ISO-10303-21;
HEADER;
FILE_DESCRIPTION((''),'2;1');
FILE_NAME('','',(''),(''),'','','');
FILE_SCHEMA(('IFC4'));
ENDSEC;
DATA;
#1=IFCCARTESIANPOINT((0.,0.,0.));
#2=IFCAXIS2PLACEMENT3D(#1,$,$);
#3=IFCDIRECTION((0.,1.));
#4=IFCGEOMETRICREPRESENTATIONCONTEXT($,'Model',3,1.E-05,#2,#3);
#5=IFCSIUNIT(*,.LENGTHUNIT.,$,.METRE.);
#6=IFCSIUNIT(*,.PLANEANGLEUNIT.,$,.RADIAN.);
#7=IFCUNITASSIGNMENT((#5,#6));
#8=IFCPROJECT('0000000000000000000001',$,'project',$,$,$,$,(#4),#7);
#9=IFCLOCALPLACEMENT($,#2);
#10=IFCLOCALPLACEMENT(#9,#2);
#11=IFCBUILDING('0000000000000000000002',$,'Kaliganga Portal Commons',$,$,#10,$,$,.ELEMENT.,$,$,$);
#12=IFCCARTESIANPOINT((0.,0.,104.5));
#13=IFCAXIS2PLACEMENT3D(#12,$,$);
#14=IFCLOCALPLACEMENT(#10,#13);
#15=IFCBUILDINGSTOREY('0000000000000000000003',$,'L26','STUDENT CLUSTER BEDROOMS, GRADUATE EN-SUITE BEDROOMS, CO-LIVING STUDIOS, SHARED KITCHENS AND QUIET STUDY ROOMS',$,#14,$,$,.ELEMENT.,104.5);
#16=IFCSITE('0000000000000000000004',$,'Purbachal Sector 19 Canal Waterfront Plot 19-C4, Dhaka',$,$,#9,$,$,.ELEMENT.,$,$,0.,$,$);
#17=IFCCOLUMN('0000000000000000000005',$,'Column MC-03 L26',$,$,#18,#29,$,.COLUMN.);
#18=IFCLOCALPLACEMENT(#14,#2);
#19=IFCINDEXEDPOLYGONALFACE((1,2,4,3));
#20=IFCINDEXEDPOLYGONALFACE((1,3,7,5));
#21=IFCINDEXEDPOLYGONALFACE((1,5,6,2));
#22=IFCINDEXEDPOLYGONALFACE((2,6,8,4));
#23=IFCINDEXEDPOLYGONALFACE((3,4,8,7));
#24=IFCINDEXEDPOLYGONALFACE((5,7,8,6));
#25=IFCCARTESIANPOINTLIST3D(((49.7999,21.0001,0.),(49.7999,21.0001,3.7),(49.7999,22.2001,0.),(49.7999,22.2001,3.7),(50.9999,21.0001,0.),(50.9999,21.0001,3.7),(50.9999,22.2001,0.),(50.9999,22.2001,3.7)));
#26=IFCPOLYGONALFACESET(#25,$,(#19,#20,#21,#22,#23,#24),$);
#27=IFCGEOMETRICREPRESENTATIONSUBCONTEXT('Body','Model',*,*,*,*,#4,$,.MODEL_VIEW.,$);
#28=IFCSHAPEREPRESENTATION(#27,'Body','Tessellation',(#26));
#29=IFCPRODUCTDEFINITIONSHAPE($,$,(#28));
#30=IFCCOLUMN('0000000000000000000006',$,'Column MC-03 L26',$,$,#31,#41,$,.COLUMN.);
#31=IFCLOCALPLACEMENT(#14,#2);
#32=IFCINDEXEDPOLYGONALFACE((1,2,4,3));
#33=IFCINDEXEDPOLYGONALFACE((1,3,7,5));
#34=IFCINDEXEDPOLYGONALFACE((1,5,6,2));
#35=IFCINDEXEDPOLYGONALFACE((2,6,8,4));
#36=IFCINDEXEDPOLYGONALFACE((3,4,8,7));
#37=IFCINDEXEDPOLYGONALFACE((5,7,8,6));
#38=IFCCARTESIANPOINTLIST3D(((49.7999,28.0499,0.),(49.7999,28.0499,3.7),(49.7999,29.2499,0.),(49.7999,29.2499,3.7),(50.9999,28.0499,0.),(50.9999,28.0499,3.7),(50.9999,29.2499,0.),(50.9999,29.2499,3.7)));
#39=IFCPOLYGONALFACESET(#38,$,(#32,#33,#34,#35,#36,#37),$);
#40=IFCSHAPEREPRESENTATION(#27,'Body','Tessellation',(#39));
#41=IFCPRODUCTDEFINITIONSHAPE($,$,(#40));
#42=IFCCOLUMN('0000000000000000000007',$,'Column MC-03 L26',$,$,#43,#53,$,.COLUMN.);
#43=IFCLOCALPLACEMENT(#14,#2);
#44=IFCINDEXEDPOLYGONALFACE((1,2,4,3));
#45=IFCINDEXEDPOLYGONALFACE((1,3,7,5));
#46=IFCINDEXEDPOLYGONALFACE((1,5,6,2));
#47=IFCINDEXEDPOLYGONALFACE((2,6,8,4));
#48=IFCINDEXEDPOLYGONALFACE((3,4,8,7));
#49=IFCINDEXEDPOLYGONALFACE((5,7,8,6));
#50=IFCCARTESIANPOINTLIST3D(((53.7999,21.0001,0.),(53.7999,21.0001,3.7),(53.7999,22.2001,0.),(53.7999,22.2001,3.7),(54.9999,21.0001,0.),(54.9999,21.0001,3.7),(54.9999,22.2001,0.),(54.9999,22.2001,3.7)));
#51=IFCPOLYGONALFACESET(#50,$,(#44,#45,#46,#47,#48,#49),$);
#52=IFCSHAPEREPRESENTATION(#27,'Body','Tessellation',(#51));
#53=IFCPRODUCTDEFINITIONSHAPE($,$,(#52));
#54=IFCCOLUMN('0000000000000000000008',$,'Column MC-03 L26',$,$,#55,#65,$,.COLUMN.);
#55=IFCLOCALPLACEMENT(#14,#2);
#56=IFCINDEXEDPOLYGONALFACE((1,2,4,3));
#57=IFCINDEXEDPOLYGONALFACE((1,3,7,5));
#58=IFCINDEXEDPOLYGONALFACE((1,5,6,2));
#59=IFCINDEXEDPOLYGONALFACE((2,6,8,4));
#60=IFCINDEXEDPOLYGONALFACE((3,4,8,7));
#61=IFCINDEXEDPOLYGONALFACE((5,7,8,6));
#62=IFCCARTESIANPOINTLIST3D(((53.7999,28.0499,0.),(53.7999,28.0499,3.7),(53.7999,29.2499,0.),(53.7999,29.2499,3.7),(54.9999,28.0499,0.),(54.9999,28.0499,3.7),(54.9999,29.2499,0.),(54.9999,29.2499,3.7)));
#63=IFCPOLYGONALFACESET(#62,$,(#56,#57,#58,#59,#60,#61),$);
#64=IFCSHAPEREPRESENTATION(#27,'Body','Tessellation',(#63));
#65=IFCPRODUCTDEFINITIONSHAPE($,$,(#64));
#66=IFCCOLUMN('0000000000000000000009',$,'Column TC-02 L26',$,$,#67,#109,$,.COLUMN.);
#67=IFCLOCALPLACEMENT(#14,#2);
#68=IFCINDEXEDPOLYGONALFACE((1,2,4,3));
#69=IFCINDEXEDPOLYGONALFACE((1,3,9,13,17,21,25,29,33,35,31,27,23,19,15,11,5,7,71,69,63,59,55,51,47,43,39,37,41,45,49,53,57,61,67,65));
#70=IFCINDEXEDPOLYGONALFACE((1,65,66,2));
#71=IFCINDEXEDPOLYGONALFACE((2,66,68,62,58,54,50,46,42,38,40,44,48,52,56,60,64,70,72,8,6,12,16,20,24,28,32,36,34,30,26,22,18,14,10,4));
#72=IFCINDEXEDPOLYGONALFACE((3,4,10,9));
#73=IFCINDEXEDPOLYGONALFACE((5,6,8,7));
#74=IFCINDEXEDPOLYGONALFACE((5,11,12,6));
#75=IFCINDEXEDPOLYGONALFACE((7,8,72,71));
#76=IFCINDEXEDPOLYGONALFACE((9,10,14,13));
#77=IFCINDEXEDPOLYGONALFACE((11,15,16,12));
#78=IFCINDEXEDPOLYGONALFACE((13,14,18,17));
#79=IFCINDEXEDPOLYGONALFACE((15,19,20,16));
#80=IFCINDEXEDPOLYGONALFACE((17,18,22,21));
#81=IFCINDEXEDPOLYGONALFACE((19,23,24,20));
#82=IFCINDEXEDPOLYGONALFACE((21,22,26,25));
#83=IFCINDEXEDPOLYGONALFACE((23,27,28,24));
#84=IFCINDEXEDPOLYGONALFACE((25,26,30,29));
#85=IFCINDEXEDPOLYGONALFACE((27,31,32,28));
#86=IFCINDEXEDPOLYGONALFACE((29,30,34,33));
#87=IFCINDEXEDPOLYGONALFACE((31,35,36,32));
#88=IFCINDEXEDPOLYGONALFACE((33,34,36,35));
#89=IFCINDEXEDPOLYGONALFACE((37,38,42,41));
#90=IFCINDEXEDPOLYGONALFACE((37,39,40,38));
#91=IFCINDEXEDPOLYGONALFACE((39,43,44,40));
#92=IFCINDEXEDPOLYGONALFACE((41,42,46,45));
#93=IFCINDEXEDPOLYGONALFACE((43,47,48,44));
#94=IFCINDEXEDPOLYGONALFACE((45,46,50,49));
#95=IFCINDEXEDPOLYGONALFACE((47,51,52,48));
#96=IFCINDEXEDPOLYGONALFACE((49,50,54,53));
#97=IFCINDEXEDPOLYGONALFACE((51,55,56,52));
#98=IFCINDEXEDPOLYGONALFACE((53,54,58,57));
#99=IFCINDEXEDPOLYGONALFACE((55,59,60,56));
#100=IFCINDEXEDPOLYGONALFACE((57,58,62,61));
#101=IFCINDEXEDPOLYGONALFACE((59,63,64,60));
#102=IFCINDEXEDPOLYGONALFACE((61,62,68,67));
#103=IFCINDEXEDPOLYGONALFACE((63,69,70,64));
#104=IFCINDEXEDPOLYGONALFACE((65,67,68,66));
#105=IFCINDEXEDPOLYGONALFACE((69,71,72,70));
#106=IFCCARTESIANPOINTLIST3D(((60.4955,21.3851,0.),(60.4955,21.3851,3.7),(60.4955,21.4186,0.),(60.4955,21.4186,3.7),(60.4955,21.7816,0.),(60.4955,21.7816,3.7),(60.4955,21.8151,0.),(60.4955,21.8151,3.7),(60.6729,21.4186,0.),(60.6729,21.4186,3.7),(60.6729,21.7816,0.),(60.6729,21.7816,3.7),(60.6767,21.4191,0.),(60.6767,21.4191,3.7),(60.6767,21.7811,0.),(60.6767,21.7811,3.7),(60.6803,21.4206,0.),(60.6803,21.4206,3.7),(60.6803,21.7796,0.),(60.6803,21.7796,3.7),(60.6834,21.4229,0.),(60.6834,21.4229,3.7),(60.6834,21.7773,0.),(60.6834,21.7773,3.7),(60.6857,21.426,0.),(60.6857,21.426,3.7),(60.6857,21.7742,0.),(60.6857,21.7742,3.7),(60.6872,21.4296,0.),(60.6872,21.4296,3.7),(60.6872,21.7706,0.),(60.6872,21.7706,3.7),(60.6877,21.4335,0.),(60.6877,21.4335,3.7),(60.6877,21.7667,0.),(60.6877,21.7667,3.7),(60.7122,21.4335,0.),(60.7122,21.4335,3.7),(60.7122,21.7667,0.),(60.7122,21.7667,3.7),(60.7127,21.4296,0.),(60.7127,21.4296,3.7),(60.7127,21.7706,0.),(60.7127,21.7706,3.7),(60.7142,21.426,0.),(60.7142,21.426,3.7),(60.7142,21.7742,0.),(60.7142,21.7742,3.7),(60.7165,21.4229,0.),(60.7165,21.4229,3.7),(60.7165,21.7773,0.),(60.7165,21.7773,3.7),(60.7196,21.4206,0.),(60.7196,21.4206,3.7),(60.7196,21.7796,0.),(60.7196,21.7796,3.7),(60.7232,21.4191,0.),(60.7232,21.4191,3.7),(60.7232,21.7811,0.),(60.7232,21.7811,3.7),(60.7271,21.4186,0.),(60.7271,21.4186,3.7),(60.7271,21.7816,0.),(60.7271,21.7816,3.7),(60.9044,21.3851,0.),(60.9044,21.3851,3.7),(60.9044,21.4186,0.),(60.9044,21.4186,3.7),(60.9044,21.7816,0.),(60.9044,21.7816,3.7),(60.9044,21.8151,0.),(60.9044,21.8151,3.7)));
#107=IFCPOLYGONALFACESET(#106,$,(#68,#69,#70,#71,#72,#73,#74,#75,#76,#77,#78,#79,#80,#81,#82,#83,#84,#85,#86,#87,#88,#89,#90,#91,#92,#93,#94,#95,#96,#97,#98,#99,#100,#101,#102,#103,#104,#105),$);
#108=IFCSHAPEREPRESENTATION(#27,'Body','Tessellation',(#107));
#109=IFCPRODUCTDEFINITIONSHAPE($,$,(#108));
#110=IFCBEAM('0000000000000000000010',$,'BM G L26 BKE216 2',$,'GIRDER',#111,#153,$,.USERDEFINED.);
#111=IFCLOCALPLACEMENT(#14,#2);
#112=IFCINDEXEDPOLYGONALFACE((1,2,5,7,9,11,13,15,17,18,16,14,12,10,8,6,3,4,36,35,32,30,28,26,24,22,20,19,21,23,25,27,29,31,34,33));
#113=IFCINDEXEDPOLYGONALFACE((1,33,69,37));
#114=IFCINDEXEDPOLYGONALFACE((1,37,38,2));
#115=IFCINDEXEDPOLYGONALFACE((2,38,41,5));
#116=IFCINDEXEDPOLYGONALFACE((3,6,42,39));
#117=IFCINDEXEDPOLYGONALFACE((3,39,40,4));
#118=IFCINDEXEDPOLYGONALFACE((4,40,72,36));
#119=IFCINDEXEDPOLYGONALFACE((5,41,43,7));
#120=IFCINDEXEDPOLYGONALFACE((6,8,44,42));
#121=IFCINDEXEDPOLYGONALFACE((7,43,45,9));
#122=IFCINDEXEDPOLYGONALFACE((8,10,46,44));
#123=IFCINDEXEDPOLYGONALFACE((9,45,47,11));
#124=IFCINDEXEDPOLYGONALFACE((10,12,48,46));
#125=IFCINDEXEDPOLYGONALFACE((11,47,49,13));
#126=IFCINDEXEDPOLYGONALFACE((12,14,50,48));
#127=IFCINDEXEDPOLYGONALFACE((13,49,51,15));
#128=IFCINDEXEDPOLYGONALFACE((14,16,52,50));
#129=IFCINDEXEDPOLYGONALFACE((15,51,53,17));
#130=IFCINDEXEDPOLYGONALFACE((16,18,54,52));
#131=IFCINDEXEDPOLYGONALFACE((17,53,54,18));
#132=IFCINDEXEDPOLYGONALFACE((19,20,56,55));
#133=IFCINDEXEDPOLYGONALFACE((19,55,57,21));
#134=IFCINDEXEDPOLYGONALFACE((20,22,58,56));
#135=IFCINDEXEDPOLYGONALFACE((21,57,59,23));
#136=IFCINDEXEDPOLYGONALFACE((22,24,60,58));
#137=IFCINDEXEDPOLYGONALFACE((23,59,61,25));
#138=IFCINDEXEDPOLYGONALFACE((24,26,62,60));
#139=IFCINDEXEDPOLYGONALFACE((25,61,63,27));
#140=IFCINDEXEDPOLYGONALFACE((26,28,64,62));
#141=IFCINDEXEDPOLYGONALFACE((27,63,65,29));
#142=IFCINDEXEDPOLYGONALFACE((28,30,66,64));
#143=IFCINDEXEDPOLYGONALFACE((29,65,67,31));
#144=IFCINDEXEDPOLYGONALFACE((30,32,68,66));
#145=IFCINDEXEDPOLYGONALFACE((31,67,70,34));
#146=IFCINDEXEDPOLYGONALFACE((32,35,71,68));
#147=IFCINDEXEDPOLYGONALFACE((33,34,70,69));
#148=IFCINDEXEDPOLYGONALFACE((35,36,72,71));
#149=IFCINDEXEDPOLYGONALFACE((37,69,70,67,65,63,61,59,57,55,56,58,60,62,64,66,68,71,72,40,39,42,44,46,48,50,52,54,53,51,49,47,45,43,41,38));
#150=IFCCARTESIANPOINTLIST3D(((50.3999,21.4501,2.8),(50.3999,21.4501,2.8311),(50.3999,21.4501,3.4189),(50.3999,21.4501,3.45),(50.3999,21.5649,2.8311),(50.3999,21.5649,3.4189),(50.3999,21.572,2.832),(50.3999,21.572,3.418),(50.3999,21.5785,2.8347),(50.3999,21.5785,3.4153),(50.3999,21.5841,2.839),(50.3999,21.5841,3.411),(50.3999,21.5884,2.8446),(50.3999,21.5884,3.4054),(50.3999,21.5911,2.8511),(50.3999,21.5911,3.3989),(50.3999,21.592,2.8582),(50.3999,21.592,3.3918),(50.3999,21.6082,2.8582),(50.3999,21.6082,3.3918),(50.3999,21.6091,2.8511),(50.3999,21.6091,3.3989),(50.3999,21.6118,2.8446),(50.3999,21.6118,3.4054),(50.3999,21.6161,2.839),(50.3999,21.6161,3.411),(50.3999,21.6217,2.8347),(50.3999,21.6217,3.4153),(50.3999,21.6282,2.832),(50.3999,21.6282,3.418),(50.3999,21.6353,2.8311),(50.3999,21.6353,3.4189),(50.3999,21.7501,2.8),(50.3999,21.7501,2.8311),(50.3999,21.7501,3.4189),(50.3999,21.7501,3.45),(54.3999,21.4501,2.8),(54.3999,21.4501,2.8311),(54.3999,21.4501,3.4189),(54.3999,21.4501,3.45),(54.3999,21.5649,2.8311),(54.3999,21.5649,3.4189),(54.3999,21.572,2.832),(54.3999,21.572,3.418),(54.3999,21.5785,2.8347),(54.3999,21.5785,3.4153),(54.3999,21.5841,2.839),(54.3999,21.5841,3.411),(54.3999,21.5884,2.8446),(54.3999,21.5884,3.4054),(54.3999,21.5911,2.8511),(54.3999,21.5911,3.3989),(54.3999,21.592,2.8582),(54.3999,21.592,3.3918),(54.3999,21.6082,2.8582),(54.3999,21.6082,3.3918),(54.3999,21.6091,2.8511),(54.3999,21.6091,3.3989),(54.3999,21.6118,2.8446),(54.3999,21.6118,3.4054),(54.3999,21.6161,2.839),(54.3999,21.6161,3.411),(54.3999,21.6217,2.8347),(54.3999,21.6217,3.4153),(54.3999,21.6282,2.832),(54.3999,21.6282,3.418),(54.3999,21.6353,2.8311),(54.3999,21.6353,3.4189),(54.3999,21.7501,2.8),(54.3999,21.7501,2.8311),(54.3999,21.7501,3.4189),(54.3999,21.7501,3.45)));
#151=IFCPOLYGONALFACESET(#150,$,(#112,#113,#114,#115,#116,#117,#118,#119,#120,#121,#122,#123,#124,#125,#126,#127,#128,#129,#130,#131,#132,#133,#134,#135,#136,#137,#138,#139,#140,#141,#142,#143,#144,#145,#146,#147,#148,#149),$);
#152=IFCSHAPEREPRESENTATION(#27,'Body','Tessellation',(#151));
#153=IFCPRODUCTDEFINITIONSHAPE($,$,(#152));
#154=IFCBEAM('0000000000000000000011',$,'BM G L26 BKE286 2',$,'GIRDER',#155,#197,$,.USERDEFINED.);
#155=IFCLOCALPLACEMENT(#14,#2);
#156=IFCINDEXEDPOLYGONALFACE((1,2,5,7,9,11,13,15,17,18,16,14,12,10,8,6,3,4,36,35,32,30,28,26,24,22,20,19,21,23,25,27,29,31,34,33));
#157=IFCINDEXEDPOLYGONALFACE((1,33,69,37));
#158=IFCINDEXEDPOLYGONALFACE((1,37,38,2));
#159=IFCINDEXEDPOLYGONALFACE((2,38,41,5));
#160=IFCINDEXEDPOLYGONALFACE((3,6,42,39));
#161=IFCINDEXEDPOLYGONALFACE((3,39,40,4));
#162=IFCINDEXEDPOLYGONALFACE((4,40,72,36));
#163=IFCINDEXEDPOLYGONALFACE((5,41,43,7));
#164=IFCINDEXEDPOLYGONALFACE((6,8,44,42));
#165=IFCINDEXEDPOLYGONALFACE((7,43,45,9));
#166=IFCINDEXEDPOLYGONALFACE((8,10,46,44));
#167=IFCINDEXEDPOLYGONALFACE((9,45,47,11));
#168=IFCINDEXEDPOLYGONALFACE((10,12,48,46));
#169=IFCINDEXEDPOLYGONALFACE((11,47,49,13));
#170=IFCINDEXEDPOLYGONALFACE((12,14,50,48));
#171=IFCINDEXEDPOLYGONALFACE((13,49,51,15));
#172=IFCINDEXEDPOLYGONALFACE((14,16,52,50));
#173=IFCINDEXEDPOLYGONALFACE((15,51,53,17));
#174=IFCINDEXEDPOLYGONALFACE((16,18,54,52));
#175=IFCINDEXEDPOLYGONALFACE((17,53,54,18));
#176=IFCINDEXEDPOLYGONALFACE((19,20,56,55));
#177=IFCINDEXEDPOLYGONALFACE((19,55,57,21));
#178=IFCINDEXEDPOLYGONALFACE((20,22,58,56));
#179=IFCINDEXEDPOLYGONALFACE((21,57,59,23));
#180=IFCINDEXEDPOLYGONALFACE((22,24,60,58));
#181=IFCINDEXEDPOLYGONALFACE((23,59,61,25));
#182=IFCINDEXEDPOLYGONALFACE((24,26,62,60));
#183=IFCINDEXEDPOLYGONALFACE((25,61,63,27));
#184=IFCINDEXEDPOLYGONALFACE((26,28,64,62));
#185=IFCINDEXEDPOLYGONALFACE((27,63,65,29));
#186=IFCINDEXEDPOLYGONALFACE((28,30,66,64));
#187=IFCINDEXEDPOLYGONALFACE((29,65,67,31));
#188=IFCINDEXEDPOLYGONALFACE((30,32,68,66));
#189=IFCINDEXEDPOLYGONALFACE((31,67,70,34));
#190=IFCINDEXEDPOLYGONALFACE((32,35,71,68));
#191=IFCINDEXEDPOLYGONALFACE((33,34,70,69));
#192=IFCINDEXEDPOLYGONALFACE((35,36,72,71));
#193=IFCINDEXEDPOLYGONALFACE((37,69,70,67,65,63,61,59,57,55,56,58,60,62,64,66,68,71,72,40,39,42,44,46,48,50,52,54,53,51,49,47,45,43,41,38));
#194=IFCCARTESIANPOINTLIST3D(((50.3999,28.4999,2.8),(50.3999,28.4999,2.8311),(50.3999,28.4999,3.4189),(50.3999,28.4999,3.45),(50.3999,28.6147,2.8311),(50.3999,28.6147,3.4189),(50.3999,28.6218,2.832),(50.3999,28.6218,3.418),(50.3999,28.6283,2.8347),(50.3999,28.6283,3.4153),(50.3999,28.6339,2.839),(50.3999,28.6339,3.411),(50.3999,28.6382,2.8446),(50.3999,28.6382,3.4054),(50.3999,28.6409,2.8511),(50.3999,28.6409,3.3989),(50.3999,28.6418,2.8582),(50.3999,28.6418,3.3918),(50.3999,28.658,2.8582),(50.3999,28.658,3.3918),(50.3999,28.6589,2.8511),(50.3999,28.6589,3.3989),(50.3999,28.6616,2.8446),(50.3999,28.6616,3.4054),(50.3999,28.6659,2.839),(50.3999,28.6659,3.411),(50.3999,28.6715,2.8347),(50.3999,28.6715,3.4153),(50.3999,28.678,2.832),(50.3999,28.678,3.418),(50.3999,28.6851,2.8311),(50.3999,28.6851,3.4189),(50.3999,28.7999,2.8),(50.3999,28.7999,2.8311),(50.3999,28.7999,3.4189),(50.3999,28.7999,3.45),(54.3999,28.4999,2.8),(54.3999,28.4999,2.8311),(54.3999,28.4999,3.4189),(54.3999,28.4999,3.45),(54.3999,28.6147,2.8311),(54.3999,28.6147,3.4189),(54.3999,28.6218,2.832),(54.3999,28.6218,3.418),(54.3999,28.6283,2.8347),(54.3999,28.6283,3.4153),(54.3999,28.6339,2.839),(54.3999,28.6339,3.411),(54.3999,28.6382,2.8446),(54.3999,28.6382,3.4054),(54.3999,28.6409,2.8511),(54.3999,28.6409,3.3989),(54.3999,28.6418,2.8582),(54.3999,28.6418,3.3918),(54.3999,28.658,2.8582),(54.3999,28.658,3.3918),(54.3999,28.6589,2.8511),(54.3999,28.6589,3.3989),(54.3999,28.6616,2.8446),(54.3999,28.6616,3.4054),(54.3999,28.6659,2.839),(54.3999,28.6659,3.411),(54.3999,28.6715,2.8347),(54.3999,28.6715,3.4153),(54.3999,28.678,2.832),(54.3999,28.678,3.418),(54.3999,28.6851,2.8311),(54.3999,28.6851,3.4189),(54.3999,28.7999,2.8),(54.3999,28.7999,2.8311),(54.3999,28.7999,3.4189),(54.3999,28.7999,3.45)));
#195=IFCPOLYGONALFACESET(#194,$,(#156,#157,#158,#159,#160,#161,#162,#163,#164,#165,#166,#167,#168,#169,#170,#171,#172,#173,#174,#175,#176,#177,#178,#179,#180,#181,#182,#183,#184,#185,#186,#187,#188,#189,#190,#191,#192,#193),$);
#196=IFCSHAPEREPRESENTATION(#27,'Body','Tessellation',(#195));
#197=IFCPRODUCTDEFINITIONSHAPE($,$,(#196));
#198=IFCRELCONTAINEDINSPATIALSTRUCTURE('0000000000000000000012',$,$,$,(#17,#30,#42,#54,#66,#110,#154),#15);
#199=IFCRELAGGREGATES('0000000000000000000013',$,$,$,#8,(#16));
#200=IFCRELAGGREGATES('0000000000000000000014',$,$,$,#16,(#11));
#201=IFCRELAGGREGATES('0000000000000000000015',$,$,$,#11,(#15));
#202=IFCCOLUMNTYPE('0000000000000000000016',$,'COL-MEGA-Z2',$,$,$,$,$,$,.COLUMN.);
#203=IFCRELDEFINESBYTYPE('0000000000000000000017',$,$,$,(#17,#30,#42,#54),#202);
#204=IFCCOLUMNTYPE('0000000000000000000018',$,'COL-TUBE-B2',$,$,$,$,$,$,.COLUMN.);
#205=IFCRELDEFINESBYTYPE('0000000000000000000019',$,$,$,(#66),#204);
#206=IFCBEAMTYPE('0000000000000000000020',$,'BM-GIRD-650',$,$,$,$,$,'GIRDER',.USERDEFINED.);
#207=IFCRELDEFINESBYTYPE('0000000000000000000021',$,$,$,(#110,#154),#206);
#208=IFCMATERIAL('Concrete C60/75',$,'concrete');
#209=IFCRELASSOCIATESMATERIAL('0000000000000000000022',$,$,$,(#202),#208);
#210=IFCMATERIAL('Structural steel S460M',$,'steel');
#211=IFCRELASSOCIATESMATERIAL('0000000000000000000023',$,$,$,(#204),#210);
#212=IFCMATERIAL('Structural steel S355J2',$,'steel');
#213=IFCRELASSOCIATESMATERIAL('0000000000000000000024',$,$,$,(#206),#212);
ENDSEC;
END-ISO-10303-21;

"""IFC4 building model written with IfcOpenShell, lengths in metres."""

from ifc_helpers import new_model, si_unit, direction, frame, origin, origin_2d, place, context, subcontext, project, spatial, rectangle, i_section, extrude, source, transform, mapped, material, material_profile, profile_set, type_object, element, save


model = new_model("IFC4")

# Units and contexts
model_context = context("Model", 3, precision=1e-05, world=origin(), true_north=direction((0.0, 1.0)))
body_context = subcontext(model_context, "Body", "Model", "MODEL_VIEW")
ifc_project = project(units=[si_unit("LENGTHUNIT", "METRE"), si_unit("PLANEANGLEUNIT", "RADIAN")], contexts=[model_context])

# Site, building, storey
site_placement = place(None, origin())
site = spatial("IfcSite", under=ifc_project, at=site_placement, Name="Purbachal Sector 19 Canal Waterfront Plot 19-C4, Dhaka", CompositionType="ELEMENT", RefElevation=0.0)
building_placement = place(site_placement, origin())
building = spatial("IfcBuilding", under=site, at=building_placement, Name="Kaliganga Portal Commons", CompositionType="ELEMENT")
storey_placement = place(building_placement, frame((0.0, 0.0, 104.5)))
storey = spatial("IfcBuildingStorey", under=building, at=storey_placement, Name="L26", Description="STUDENT CLUSTER BEDROOMS, GRADUATE EN-SUITE BEDROOMS, CO-LIVING STUDIOS, SHARED KITCHENS AND QUIET STUDY ROOMS", CompositionType="ELEMENT", Elevation=104.5)

# Columns
ifc_material_1 = material(Name="Concrete C60/75", Category="concrete")
ifc_material_profile_1 = material_profile(ifc_material_1, rectangle(XDim=1.2, YDim=1.2, at=origin_2d()), Name="RC 1200x1200")
ifc_profile_set_1 = profile_set([ifc_material_profile_1], Name="Concrete C60/75")
column_type_1 = type_object("IfcColumnType", Name="COL-MEGA-Z2", PredefinedType="COLUMN", material=ifc_profile_set_1)
shared_shape_1 = source(origin(), body_context, "Body", "SweptSolid", [
    extrude(rectangle(XDim=1.2, YDim=1.2, at=origin_2d()), origin(), (0.0, 0.0, 1.0), 3.7),
])
for number, where, z_axis, x_axis, name in (
    (1, (50.3999, 21.6001, 0.0), (0.0, 0.0, 1.0), (1.0, 0.0, 0.0), "Column MC-03 L26"),
    (2, (50.3999, 28.6499, 0.0), (0.0, 0.0, 1.0), (1.0, 0.0, 0.0), "Column MC-03 L26"),
    (3, (54.3999, 21.6001, 0.0), (0.0, 0.0, 1.0), (1.0, 0.0, 0.0), "Column MC-03 L26"),
    (4, (54.3999, 28.6499, 0.0), (0.0, 0.0, 1.0), (1.0, 0.0, 0.0), "Column MC-03 L26"),
):
    element("IfcColumn", number, at=place(storey_placement, frame(where, z_axis=z_axis, x_axis=x_axis)), inside=storey, type_object=column_type_1, Name=name, PredefinedType="COLUMN", context=body_context, shape_type="MappedRepresentation", body=[
        mapped(shared_shape_1, transform((0.0, 0.0, 0.0), x_axis=(1.0, 0.0, 0.0), y_axis=(0.0, 1.0, 0.0), z_axis=(0.0, 0.0, 1.0), scale=1.0)),
    ])
ifc_material_2 = material(Name="Structural steel S460M", Category="steel")
ifc_material_profile_2 = material_profile(ifc_material_2, i_section(OverallWidth=0.4089, OverallDepth=0.4299, WebThickness=0.0244, FlangeThickness=0.0334, FilletRadius=0.0149, at=origin_2d()), Name="HD 400x421")
ifc_profile_set_2 = profile_set([ifc_material_profile_2], Name="Structural steel S460M wide-flange")
column_type_2 = type_object("IfcColumnType", Name="COL-TUBE-B2", PredefinedType="COLUMN", material=ifc_profile_set_2)
shared_shape_2 = source(origin(), body_context, "Body", "SweptSolid", [
    extrude(i_section(OverallWidth=0.4089, OverallDepth=0.4299, WebThickness=0.0244, FlangeThickness=0.0334, FilletRadius=0.0149, at=origin_2d()), origin(), (0.0, 0.0, 1.0), 3.7),
])
column_placement = place(storey_placement, frame((60.7, 21.6001, 0.0), z_axis=(0.0, 0.0, 1.0), x_axis=(1.0, 0.0, 0.0)))
element("IfcColumn", 5, at=column_placement, inside=storey, type_object=column_type_2, Name="Column TC-02 L26", PredefinedType="COLUMN", context=body_context, shape_type="MappedRepresentation", body=[
    mapped(shared_shape_2, transform((0.0, 0.0, 0.0), x_axis=(1.0, 0.0, 0.0), y_axis=(0.0, 1.0, 0.0), z_axis=(0.0, 0.0, 1.0), scale=1.0)),
])

# Beams
ifc_material_3 = material(Name="Structural steel S355J2", Category="steel")
ifc_material_profile_3 = material_profile(ifc_material_3, i_section(OverallWidth=0.3, OverallDepth=0.6499, WebThickness=0.0161, FlangeThickness=0.031, FilletRadius=0.0271, at=origin_2d()), Name="HE 650 B")
ifc_profile_set_3 = profile_set([ifc_material_profile_3], Name="Structural steel S355J2 wide-flange")
beam_type_1 = type_object("IfcBeamType", Name="BM-GIRD-650", ElementType="GIRDER", PredefinedType="USERDEFINED", material=ifc_profile_set_3)
shared_shape_3 = source(origin(), body_context, "Body", "SweptSolid", [
    extrude(i_section(OverallWidth=0.3, OverallDepth=0.6499, WebThickness=0.0161, FlangeThickness=0.031, FilletRadius=0.0271, at=origin_2d()), origin(), (0.0, 0.0, 1.0), 4.0),
])
for number, where, z_axis, x_axis, name in (
    (6, (50.3999, 21.6001, 3.125), (1.0, 0.0, 0.0), (0.0, 1.0, 0.0), "BM G L26 BKE216 2"),
    (7, (50.3999, 28.6499, 3.125), (1.0, 0.0, 0.0), (0.0, 1.0, 0.0), "BM G L26 BKE286 2"),
):
    element("IfcBeam", number, at=place(storey_placement, frame(where, z_axis=z_axis, x_axis=x_axis)), inside=storey, type_object=beam_type_1, Name=name, ObjectType="GIRDER", PredefinedType="USERDEFINED", context=body_context, shape_type="MappedRepresentation", body=[
        mapped(shared_shape_3, transform((0.0, 0.0, 0.0), x_axis=(1.0, 0.0, 0.0), y_axis=(0.0, 1.0, 0.0), z_axis=(0.0, 0.0, 1.0), scale=1.0)),
    ])

save(model, "model.ifc")
